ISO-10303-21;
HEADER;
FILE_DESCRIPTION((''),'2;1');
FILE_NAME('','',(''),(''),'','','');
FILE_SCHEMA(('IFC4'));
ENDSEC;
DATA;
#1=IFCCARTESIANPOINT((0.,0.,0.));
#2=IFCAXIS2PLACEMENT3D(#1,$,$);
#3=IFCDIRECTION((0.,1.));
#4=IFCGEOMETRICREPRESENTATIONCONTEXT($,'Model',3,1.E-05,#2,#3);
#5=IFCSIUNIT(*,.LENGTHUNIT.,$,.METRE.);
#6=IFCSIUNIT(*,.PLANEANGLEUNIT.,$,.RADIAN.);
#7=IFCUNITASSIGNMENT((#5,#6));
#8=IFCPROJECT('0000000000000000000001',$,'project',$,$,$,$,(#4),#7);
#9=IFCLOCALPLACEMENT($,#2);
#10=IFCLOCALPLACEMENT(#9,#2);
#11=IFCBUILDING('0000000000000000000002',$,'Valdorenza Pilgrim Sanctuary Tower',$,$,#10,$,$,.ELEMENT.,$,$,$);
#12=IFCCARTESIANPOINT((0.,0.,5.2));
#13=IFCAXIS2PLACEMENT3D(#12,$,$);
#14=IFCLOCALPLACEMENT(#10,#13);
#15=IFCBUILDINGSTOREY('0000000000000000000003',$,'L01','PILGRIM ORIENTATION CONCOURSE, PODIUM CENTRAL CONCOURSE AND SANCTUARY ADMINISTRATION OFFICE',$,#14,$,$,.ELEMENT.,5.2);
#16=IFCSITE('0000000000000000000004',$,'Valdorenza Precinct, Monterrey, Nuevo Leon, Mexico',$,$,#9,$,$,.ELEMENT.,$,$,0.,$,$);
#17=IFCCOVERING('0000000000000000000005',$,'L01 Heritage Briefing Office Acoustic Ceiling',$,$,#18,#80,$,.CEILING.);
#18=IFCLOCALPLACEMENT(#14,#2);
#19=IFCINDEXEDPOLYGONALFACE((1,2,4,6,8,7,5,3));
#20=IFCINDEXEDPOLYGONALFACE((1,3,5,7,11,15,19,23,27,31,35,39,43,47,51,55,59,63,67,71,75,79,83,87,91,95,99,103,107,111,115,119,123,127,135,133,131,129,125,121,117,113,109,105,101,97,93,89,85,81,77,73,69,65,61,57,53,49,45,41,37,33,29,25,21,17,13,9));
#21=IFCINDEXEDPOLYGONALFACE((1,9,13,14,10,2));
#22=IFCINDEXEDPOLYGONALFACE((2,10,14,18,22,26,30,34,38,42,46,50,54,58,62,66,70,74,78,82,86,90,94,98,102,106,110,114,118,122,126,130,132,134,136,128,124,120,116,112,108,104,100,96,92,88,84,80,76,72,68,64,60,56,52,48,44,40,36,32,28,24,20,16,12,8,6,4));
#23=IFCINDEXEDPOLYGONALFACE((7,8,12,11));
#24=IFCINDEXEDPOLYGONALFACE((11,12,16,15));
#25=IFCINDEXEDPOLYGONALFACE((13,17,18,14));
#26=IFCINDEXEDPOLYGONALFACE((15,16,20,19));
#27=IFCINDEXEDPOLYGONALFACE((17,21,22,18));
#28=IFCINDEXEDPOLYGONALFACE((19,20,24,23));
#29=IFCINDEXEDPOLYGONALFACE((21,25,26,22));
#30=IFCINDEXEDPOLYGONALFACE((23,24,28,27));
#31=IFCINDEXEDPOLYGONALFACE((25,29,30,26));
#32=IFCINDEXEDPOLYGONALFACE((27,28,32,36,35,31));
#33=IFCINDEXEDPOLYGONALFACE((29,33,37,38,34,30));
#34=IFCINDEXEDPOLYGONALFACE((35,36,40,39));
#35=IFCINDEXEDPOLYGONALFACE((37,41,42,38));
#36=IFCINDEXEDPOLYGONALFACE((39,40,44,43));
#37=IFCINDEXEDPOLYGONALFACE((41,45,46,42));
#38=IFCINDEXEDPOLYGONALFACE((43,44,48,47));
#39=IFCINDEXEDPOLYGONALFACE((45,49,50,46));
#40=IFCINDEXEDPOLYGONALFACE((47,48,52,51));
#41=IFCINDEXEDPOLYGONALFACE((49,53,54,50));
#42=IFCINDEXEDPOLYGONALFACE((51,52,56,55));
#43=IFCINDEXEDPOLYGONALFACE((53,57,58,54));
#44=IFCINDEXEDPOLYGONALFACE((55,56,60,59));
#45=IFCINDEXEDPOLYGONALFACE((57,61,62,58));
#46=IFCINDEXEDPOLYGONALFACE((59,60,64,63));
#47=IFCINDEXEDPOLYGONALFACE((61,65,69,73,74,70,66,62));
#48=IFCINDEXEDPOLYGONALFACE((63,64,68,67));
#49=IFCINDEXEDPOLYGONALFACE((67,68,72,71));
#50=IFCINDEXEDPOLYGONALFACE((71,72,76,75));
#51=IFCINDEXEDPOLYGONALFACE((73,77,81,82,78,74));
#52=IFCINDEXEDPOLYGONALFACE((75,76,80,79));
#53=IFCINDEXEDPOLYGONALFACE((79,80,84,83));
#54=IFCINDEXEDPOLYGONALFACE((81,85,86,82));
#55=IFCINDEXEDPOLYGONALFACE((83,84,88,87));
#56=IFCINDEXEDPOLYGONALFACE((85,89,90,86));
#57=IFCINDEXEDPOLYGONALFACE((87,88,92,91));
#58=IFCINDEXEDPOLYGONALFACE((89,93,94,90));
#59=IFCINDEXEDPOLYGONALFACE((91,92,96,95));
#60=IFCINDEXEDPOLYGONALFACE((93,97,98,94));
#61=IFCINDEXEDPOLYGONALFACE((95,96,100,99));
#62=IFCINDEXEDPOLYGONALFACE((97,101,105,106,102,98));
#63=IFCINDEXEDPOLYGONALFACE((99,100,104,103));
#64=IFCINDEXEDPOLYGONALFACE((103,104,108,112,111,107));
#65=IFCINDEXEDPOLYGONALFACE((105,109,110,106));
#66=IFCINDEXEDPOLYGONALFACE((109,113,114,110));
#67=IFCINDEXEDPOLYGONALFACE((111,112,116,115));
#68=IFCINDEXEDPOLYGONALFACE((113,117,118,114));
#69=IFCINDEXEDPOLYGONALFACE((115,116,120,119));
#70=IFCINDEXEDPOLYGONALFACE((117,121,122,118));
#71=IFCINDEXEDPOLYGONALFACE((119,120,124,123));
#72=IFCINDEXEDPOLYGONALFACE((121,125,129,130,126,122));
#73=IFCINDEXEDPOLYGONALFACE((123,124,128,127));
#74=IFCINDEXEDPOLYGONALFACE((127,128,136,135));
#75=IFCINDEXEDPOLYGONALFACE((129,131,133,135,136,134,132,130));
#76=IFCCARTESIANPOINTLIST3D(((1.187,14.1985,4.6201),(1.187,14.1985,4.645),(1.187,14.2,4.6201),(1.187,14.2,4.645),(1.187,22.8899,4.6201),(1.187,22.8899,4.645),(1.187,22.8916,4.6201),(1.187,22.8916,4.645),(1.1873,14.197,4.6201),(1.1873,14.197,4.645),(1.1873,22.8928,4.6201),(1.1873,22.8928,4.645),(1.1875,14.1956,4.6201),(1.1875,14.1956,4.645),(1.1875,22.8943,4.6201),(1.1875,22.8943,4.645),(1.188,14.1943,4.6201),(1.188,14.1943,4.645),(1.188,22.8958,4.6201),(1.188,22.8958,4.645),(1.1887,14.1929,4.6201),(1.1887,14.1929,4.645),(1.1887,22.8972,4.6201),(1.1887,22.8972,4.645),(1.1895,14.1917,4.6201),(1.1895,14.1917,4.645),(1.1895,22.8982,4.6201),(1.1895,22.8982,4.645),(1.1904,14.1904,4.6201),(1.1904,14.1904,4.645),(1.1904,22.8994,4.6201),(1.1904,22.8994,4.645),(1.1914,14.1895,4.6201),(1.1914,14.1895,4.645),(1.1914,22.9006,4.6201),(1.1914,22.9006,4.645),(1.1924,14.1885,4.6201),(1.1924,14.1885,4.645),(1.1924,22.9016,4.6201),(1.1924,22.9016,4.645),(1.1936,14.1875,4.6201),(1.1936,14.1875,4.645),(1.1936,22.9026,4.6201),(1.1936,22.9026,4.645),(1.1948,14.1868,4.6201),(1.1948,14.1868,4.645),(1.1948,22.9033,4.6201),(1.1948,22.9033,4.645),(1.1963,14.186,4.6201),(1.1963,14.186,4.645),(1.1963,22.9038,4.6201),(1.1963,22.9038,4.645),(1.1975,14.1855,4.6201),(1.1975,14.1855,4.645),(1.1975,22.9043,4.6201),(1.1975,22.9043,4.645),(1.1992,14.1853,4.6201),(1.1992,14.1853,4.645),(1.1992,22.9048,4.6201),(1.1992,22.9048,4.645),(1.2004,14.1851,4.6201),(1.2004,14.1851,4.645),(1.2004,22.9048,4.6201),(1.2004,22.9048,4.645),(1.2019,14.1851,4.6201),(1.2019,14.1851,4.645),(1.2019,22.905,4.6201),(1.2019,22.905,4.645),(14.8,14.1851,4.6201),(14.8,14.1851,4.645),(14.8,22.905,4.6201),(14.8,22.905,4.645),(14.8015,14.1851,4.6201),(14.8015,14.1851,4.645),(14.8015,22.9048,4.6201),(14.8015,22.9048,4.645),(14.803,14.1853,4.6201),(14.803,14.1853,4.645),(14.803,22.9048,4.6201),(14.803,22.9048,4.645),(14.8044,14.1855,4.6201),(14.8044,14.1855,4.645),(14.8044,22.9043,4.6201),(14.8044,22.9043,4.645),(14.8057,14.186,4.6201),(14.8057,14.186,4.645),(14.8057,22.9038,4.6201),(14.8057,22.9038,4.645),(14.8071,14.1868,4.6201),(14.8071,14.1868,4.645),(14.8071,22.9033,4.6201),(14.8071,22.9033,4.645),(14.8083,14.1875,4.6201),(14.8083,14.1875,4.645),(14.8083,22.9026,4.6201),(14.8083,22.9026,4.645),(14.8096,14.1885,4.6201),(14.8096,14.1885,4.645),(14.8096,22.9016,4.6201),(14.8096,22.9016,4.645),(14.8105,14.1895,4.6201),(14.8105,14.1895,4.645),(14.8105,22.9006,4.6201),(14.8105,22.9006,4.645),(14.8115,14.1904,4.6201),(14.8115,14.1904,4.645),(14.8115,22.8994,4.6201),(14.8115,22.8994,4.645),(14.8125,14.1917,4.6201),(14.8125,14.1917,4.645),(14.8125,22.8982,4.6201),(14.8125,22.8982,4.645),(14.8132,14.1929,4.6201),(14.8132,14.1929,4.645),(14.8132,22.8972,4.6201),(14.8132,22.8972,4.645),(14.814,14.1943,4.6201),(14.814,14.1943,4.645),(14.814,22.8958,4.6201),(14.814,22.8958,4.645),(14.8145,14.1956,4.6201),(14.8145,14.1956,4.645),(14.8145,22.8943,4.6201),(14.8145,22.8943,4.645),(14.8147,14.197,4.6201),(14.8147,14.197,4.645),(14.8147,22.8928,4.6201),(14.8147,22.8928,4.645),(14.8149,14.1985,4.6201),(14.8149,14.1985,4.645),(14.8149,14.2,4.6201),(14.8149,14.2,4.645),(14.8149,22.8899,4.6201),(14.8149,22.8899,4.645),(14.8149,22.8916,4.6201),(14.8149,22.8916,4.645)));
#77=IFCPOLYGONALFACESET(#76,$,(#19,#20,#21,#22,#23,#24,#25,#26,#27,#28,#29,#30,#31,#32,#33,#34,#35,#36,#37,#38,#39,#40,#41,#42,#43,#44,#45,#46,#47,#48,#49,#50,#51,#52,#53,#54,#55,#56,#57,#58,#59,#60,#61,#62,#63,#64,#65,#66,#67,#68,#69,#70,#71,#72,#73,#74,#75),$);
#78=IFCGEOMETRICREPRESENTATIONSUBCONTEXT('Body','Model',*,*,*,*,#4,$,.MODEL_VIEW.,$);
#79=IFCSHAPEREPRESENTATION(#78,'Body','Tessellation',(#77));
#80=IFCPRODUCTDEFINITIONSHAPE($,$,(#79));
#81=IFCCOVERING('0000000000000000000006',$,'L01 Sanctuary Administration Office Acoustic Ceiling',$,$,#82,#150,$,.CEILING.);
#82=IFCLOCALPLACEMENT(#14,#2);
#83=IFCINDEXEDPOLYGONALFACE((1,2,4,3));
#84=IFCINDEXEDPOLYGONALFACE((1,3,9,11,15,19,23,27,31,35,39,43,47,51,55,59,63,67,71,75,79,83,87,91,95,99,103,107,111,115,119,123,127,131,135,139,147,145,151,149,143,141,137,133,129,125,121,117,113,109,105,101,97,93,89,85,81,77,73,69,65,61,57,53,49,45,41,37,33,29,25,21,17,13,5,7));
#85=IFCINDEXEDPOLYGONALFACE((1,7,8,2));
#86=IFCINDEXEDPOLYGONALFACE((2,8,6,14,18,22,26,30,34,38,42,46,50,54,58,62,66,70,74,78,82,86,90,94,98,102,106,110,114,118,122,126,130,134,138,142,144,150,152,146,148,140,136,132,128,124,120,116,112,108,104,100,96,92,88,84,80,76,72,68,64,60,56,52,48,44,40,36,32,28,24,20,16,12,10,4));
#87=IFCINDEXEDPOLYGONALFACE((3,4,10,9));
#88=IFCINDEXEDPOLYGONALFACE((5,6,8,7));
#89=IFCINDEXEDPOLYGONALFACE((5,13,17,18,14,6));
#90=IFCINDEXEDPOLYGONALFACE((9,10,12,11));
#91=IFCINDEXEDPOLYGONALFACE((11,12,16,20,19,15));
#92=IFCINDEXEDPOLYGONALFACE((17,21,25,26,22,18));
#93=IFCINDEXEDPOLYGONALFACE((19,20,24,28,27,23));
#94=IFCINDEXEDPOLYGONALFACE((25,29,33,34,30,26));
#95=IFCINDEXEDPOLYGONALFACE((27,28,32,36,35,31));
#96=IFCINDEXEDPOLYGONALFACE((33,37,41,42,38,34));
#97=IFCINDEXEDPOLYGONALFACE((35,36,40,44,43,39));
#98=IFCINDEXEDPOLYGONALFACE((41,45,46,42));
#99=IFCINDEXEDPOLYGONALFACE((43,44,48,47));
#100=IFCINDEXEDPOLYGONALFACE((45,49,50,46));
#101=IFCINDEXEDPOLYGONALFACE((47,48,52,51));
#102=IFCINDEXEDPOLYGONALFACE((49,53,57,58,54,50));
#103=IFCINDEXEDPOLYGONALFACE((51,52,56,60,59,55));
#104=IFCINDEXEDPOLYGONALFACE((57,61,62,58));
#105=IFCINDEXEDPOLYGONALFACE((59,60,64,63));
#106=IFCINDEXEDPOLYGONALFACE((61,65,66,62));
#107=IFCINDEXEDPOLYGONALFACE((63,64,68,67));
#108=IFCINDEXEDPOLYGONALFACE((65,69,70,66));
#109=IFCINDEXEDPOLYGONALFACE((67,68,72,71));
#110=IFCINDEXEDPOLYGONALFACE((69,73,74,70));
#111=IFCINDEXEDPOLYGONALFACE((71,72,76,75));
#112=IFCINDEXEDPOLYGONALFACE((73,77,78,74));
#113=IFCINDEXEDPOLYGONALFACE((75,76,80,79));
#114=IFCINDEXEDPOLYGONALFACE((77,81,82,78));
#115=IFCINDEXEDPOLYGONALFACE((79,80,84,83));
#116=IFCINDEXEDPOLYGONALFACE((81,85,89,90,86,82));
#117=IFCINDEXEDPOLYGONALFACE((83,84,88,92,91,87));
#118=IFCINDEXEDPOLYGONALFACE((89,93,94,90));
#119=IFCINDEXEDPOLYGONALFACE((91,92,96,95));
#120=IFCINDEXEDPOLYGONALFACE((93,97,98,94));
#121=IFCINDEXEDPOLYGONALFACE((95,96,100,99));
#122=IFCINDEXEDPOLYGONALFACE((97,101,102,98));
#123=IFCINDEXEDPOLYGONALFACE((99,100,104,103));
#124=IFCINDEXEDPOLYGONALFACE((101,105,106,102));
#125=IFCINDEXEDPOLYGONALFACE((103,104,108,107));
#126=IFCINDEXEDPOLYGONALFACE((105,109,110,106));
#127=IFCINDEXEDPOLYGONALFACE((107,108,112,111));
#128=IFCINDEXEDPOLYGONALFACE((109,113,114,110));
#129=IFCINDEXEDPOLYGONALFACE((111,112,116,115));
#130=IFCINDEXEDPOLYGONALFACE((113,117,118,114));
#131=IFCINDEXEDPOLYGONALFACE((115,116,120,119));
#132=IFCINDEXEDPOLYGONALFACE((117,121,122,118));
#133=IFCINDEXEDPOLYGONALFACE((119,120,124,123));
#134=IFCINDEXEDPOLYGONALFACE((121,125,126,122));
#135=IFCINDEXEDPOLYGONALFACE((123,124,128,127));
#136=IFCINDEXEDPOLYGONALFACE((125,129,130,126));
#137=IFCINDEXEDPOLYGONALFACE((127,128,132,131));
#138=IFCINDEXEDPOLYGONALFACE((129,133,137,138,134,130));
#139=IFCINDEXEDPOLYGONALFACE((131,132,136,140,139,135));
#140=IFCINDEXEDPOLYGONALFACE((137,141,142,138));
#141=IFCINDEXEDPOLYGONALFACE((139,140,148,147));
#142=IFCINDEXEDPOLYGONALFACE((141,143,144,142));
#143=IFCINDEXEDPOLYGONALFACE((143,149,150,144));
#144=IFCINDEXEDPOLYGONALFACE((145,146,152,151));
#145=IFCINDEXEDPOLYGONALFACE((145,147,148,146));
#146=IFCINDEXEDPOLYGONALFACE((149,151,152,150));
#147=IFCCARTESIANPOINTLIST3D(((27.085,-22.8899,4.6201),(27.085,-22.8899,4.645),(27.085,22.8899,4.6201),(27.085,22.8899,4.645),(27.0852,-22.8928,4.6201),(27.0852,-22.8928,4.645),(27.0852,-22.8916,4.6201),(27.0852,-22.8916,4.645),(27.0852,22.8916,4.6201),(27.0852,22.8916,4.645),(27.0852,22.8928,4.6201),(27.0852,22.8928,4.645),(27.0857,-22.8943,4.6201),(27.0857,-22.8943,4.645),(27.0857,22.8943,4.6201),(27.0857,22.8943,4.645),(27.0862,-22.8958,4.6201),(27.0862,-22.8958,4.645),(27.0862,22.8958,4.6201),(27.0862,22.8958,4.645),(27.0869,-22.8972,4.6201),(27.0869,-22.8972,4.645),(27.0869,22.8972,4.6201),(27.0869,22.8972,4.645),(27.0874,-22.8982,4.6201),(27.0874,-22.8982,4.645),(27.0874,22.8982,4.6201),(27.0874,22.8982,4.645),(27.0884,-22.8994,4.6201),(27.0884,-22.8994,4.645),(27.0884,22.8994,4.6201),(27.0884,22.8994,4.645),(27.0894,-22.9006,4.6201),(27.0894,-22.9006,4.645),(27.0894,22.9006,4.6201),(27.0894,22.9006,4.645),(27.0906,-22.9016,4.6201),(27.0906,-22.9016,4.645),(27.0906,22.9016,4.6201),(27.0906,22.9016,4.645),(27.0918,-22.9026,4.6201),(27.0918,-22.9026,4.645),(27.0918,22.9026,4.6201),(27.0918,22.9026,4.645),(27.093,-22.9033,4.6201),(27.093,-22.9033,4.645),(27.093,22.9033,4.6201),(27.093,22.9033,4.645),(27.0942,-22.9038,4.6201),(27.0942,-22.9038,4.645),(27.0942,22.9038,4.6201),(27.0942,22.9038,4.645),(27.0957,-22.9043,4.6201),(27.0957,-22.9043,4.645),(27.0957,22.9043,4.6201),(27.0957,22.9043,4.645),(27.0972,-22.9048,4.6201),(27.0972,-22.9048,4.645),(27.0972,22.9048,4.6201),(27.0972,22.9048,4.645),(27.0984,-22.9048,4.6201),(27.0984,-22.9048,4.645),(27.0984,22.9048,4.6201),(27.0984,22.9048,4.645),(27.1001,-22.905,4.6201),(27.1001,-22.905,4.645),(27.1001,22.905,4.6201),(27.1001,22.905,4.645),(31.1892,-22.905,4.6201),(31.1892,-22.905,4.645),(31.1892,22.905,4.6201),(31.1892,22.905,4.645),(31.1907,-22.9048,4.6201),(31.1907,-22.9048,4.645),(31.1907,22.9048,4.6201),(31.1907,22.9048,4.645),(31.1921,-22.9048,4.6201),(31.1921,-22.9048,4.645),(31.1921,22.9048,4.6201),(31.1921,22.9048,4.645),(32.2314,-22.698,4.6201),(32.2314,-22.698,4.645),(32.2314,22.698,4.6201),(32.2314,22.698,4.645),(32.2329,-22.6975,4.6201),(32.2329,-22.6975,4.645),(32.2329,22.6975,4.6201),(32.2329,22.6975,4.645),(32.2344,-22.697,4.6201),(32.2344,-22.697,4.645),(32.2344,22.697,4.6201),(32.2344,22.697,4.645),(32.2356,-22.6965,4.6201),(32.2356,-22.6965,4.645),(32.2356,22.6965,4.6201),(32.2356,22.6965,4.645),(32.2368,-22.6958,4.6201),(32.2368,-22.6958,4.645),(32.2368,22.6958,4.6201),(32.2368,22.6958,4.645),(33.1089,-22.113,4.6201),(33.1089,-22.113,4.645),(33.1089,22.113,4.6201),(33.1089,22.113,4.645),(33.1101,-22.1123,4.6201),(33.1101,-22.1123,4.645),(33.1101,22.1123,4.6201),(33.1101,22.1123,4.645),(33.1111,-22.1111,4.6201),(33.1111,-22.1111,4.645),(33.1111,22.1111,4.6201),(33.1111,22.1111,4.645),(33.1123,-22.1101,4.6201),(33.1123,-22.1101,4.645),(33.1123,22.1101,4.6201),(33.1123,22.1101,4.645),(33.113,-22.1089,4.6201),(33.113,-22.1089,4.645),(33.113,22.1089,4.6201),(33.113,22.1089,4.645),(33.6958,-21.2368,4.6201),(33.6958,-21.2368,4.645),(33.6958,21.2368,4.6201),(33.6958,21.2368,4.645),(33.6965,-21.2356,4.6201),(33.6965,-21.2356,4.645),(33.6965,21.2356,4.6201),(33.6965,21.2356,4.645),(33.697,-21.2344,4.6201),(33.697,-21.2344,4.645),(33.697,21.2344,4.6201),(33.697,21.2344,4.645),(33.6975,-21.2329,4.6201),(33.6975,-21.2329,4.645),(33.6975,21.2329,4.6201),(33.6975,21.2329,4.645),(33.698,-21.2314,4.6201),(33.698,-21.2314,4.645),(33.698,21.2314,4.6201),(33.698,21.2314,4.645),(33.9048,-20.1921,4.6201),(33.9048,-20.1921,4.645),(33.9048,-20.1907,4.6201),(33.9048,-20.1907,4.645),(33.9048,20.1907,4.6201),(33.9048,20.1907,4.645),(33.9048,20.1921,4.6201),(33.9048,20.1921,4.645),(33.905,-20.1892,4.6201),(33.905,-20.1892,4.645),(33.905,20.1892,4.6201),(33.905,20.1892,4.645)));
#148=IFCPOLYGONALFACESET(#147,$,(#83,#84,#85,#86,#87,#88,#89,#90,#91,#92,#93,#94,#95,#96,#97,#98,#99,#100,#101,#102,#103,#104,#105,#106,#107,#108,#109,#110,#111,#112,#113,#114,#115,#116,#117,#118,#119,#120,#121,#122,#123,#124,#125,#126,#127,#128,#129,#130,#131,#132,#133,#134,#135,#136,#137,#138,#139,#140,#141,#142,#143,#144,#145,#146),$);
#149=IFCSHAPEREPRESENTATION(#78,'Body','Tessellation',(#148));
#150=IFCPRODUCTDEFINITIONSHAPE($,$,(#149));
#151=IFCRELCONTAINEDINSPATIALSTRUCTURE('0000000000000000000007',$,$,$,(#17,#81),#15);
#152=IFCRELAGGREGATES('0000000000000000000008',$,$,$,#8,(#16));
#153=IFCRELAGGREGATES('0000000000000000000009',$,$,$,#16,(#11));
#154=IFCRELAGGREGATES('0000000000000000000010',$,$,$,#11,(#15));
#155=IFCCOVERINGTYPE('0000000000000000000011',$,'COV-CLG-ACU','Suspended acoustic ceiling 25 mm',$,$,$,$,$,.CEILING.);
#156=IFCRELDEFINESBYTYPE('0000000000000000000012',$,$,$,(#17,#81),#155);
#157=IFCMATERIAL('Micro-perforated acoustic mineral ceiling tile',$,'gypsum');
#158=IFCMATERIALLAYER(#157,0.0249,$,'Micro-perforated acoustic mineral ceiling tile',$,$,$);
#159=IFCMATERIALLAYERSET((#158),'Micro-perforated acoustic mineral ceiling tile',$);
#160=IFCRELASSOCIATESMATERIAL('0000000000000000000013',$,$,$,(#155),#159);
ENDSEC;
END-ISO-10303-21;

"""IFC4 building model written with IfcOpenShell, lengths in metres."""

from ifc_helpers import new_model, si_unit, direction, frame, origin, place, context, subcontext, project, spatial, polyline, outline, extrude, material, layer, layer_set, type_object, element, save


model = new_model("IFC4")

# Units and contexts
model_context = context("Model", 3, precision=1e-05, world=origin(), true_north=direction((0.0, 1.0)))
body_context = subcontext(model_context, "Body", "Model", "MODEL_VIEW")
ifc_project = project(units=[si_unit("LENGTHUNIT", "METRE"), si_unit("PLANEANGLEUNIT", "RADIAN")], contexts=[model_context])

# Site, building, storey
site_placement = place(None, origin())
site = spatial("IfcSite", under=ifc_project, at=site_placement, Name="Valdorenza Precinct, Monterrey, Nuevo Leon, Mexico", CompositionType="ELEMENT", RefElevation=0.0)
building_placement = place(site_placement, origin())
building = spatial("IfcBuilding", under=site, at=building_placement, Name="Valdorenza Pilgrim Sanctuary Tower", CompositionType="ELEMENT")
storey_placement = place(building_placement, frame((0.0, 0.0, 5.2)))
storey = spatial("IfcBuildingStorey", under=building, at=storey_placement, Name="L01", Description="PILGRIM ORIENTATION CONCOURSE, PODIUM CENTRAL CONCOURSE AND SANCTUARY ADMINISTRATION OFFICE", CompositionType="ELEMENT", Elevation=5.2)

# Coverings
ifc_material_1 = material(Name="Micro-perforated acoustic mineral ceiling tile", Category="gypsum")
ifc_layer_1 = layer(ifc_material_1, 0.0249, Name="Micro-perforated acoustic mineral ceiling tile")
ifc_layer_set_1 = layer_set([ifc_layer_1], Name="Micro-perforated acoustic mineral ceiling tile")
covering_type_1 = type_object("IfcCoveringType", Name="COV-CLG-ACU", Description="Suspended acoustic ceiling 25 mm", PredefinedType="CEILING", material=ifc_layer_set_1)
covering_1_placement = place(storey_placement, frame((0.0, 0.0, 4.6201)))
element("IfcCovering", 1, at=covering_1_placement, inside=storey, type_object=covering_type_1, Name="L01 Heritage Briefing Office Acoustic Ceiling", PredefinedType="CEILING", context=body_context, shape_type="SweptSolid", body=[
    extrude(outline(polyline([(1.2019, 14.1851), (1.2004, 14.1851), (1.1992, 14.1853), (1.1975, 14.1855), (1.1963, 14.186), (1.1948, 14.1868), (1.1936, 14.1875), (1.1924, 14.1885), (1.1914, 14.1895), (1.1904, 14.1904), (1.1895, 14.1917), (1.1887, 14.1929), (1.188, 14.1943), (1.1875, 14.1956), (1.1873, 14.197), (1.187, 14.1985), (1.187, 14.2), (1.187, 22.8899), (1.187, 22.8916), (1.1873, 22.8928), (1.1875, 22.8943), (1.188, 22.8958), (1.1887, 22.8972), (1.1895, 22.8982), (1.1904, 22.8994), (1.1914, 22.9006), (1.1924, 22.9016), (1.1936, 22.9026), (1.1948, 22.9033), (1.1963, 22.9038), (1.1975, 22.9043), (1.1992, 22.9048), (1.2004, 22.9048), (1.2019, 22.905), (14.8, 22.905), (14.8015, 22.9048), (14.803, 22.9048), (14.8044, 22.9043), (14.8057, 22.9038), (14.8071, 22.9033), (14.8083, 22.9026), (14.8096, 22.9016), (14.8105, 22.9006), (14.8115, 22.8994), (14.8125, 22.8982), (14.8132, 22.8972), (14.814, 22.8958), (14.8145, 22.8943), (14.8147, 22.8928), (14.8149, 22.8916), (14.8149, 22.8899), (14.8149, 14.2), (14.8149, 14.1985), (14.8147, 14.197), (14.8145, 14.1956), (14.814, 14.1943), (14.8132, 14.1929), (14.8125, 14.1917), (14.8115, 14.1904), (14.8105, 14.1895), (14.8096, 14.1885), (14.8083, 14.1875), (14.8071, 14.1868), (14.8057, 14.186), (14.8044, 14.1855), (14.803, 14.1853), (14.8015, 14.1851), (14.8, 14.1851), (1.2019, 14.1851)])), origin(), (0.0, 0.0, 1.0), 0.0249),
])
covering_2_placement = place(storey_placement, frame((0.0, 0.0, 4.6201)))
element("IfcCovering", 2, at=covering_2_placement, inside=storey, type_object=covering_type_1, Name="L01 Sanctuary Administration Office Acoustic Ceiling", PredefinedType="CEILING", context=body_context, shape_type="SweptSolid", body=[
    extrude(outline(polyline([(31.1892, 22.905), (31.1907, 22.9048), (31.1921, 22.9048), (32.2314, 22.698), (32.2329, 22.6975), (32.2344, 22.697), (32.2356, 22.6965), (32.2368, 22.6958), (33.1089, 22.113), (33.1101, 22.1123), (33.1111, 22.1111), (33.1123, 22.1101), (33.113, 22.1089), (33.6958, 21.2368), (33.6965, 21.2356), (33.697, 21.2344), (33.6975, 21.2329), (33.698, 21.2314), (33.9048, 20.1921), (33.9048, 20.1907), (33.905, 20.1892), (33.905, -20.1892), (33.9048, -20.1907), (33.9048, -20.1921), (33.698, -21.2314), (33.6975, -21.2329), (33.697, -21.2344), (33.6965, -21.2356), (33.6958, -21.2368), (33.113, -22.1089), (33.1123, -22.1101), (33.1111, -22.1111), (33.1101, -22.1123), (33.1089, -22.113), (32.2368, -22.6958), (32.2356, -22.6965), (32.2344, -22.697), (32.2329, -22.6975), (32.2314, -22.698), (31.1921, -22.9048), (31.1907, -22.9048), (31.1892, -22.905), (27.1001, -22.905), (27.0984, -22.9048), (27.0972, -22.9048), (27.0957, -22.9043), (27.0942, -22.9038), (27.093, -22.9033), (27.0918, -22.9026), (27.0906, -22.9016), (27.0894, -22.9006), (27.0884, -22.8994), (27.0874, -22.8982), (27.0869, -22.8972), (27.0862, -22.8958), (27.0857, -22.8943), (27.0852, -22.8928), (27.0852, -22.8916), (27.085, -22.8899), (27.085, 22.8899), (27.0852, 22.8916), (27.0852, 22.8928), (27.0857, 22.8943), (27.0862, 22.8958), (27.0869, 22.8972), (27.0874, 22.8982), (27.0884, 22.8994), (27.0894, 22.9006), (27.0906, 22.9016), (27.0918, 22.9026), (27.093, 22.9033), (27.0942, 22.9038), (27.0957, 22.9043), (27.0972, 22.9048), (27.0984, 22.9048), (27.1001, 22.905), (31.1892, 22.905)])), origin(), (0.0, 0.0, 1.0), 0.0249),
])

save(model, "model.ifc")
